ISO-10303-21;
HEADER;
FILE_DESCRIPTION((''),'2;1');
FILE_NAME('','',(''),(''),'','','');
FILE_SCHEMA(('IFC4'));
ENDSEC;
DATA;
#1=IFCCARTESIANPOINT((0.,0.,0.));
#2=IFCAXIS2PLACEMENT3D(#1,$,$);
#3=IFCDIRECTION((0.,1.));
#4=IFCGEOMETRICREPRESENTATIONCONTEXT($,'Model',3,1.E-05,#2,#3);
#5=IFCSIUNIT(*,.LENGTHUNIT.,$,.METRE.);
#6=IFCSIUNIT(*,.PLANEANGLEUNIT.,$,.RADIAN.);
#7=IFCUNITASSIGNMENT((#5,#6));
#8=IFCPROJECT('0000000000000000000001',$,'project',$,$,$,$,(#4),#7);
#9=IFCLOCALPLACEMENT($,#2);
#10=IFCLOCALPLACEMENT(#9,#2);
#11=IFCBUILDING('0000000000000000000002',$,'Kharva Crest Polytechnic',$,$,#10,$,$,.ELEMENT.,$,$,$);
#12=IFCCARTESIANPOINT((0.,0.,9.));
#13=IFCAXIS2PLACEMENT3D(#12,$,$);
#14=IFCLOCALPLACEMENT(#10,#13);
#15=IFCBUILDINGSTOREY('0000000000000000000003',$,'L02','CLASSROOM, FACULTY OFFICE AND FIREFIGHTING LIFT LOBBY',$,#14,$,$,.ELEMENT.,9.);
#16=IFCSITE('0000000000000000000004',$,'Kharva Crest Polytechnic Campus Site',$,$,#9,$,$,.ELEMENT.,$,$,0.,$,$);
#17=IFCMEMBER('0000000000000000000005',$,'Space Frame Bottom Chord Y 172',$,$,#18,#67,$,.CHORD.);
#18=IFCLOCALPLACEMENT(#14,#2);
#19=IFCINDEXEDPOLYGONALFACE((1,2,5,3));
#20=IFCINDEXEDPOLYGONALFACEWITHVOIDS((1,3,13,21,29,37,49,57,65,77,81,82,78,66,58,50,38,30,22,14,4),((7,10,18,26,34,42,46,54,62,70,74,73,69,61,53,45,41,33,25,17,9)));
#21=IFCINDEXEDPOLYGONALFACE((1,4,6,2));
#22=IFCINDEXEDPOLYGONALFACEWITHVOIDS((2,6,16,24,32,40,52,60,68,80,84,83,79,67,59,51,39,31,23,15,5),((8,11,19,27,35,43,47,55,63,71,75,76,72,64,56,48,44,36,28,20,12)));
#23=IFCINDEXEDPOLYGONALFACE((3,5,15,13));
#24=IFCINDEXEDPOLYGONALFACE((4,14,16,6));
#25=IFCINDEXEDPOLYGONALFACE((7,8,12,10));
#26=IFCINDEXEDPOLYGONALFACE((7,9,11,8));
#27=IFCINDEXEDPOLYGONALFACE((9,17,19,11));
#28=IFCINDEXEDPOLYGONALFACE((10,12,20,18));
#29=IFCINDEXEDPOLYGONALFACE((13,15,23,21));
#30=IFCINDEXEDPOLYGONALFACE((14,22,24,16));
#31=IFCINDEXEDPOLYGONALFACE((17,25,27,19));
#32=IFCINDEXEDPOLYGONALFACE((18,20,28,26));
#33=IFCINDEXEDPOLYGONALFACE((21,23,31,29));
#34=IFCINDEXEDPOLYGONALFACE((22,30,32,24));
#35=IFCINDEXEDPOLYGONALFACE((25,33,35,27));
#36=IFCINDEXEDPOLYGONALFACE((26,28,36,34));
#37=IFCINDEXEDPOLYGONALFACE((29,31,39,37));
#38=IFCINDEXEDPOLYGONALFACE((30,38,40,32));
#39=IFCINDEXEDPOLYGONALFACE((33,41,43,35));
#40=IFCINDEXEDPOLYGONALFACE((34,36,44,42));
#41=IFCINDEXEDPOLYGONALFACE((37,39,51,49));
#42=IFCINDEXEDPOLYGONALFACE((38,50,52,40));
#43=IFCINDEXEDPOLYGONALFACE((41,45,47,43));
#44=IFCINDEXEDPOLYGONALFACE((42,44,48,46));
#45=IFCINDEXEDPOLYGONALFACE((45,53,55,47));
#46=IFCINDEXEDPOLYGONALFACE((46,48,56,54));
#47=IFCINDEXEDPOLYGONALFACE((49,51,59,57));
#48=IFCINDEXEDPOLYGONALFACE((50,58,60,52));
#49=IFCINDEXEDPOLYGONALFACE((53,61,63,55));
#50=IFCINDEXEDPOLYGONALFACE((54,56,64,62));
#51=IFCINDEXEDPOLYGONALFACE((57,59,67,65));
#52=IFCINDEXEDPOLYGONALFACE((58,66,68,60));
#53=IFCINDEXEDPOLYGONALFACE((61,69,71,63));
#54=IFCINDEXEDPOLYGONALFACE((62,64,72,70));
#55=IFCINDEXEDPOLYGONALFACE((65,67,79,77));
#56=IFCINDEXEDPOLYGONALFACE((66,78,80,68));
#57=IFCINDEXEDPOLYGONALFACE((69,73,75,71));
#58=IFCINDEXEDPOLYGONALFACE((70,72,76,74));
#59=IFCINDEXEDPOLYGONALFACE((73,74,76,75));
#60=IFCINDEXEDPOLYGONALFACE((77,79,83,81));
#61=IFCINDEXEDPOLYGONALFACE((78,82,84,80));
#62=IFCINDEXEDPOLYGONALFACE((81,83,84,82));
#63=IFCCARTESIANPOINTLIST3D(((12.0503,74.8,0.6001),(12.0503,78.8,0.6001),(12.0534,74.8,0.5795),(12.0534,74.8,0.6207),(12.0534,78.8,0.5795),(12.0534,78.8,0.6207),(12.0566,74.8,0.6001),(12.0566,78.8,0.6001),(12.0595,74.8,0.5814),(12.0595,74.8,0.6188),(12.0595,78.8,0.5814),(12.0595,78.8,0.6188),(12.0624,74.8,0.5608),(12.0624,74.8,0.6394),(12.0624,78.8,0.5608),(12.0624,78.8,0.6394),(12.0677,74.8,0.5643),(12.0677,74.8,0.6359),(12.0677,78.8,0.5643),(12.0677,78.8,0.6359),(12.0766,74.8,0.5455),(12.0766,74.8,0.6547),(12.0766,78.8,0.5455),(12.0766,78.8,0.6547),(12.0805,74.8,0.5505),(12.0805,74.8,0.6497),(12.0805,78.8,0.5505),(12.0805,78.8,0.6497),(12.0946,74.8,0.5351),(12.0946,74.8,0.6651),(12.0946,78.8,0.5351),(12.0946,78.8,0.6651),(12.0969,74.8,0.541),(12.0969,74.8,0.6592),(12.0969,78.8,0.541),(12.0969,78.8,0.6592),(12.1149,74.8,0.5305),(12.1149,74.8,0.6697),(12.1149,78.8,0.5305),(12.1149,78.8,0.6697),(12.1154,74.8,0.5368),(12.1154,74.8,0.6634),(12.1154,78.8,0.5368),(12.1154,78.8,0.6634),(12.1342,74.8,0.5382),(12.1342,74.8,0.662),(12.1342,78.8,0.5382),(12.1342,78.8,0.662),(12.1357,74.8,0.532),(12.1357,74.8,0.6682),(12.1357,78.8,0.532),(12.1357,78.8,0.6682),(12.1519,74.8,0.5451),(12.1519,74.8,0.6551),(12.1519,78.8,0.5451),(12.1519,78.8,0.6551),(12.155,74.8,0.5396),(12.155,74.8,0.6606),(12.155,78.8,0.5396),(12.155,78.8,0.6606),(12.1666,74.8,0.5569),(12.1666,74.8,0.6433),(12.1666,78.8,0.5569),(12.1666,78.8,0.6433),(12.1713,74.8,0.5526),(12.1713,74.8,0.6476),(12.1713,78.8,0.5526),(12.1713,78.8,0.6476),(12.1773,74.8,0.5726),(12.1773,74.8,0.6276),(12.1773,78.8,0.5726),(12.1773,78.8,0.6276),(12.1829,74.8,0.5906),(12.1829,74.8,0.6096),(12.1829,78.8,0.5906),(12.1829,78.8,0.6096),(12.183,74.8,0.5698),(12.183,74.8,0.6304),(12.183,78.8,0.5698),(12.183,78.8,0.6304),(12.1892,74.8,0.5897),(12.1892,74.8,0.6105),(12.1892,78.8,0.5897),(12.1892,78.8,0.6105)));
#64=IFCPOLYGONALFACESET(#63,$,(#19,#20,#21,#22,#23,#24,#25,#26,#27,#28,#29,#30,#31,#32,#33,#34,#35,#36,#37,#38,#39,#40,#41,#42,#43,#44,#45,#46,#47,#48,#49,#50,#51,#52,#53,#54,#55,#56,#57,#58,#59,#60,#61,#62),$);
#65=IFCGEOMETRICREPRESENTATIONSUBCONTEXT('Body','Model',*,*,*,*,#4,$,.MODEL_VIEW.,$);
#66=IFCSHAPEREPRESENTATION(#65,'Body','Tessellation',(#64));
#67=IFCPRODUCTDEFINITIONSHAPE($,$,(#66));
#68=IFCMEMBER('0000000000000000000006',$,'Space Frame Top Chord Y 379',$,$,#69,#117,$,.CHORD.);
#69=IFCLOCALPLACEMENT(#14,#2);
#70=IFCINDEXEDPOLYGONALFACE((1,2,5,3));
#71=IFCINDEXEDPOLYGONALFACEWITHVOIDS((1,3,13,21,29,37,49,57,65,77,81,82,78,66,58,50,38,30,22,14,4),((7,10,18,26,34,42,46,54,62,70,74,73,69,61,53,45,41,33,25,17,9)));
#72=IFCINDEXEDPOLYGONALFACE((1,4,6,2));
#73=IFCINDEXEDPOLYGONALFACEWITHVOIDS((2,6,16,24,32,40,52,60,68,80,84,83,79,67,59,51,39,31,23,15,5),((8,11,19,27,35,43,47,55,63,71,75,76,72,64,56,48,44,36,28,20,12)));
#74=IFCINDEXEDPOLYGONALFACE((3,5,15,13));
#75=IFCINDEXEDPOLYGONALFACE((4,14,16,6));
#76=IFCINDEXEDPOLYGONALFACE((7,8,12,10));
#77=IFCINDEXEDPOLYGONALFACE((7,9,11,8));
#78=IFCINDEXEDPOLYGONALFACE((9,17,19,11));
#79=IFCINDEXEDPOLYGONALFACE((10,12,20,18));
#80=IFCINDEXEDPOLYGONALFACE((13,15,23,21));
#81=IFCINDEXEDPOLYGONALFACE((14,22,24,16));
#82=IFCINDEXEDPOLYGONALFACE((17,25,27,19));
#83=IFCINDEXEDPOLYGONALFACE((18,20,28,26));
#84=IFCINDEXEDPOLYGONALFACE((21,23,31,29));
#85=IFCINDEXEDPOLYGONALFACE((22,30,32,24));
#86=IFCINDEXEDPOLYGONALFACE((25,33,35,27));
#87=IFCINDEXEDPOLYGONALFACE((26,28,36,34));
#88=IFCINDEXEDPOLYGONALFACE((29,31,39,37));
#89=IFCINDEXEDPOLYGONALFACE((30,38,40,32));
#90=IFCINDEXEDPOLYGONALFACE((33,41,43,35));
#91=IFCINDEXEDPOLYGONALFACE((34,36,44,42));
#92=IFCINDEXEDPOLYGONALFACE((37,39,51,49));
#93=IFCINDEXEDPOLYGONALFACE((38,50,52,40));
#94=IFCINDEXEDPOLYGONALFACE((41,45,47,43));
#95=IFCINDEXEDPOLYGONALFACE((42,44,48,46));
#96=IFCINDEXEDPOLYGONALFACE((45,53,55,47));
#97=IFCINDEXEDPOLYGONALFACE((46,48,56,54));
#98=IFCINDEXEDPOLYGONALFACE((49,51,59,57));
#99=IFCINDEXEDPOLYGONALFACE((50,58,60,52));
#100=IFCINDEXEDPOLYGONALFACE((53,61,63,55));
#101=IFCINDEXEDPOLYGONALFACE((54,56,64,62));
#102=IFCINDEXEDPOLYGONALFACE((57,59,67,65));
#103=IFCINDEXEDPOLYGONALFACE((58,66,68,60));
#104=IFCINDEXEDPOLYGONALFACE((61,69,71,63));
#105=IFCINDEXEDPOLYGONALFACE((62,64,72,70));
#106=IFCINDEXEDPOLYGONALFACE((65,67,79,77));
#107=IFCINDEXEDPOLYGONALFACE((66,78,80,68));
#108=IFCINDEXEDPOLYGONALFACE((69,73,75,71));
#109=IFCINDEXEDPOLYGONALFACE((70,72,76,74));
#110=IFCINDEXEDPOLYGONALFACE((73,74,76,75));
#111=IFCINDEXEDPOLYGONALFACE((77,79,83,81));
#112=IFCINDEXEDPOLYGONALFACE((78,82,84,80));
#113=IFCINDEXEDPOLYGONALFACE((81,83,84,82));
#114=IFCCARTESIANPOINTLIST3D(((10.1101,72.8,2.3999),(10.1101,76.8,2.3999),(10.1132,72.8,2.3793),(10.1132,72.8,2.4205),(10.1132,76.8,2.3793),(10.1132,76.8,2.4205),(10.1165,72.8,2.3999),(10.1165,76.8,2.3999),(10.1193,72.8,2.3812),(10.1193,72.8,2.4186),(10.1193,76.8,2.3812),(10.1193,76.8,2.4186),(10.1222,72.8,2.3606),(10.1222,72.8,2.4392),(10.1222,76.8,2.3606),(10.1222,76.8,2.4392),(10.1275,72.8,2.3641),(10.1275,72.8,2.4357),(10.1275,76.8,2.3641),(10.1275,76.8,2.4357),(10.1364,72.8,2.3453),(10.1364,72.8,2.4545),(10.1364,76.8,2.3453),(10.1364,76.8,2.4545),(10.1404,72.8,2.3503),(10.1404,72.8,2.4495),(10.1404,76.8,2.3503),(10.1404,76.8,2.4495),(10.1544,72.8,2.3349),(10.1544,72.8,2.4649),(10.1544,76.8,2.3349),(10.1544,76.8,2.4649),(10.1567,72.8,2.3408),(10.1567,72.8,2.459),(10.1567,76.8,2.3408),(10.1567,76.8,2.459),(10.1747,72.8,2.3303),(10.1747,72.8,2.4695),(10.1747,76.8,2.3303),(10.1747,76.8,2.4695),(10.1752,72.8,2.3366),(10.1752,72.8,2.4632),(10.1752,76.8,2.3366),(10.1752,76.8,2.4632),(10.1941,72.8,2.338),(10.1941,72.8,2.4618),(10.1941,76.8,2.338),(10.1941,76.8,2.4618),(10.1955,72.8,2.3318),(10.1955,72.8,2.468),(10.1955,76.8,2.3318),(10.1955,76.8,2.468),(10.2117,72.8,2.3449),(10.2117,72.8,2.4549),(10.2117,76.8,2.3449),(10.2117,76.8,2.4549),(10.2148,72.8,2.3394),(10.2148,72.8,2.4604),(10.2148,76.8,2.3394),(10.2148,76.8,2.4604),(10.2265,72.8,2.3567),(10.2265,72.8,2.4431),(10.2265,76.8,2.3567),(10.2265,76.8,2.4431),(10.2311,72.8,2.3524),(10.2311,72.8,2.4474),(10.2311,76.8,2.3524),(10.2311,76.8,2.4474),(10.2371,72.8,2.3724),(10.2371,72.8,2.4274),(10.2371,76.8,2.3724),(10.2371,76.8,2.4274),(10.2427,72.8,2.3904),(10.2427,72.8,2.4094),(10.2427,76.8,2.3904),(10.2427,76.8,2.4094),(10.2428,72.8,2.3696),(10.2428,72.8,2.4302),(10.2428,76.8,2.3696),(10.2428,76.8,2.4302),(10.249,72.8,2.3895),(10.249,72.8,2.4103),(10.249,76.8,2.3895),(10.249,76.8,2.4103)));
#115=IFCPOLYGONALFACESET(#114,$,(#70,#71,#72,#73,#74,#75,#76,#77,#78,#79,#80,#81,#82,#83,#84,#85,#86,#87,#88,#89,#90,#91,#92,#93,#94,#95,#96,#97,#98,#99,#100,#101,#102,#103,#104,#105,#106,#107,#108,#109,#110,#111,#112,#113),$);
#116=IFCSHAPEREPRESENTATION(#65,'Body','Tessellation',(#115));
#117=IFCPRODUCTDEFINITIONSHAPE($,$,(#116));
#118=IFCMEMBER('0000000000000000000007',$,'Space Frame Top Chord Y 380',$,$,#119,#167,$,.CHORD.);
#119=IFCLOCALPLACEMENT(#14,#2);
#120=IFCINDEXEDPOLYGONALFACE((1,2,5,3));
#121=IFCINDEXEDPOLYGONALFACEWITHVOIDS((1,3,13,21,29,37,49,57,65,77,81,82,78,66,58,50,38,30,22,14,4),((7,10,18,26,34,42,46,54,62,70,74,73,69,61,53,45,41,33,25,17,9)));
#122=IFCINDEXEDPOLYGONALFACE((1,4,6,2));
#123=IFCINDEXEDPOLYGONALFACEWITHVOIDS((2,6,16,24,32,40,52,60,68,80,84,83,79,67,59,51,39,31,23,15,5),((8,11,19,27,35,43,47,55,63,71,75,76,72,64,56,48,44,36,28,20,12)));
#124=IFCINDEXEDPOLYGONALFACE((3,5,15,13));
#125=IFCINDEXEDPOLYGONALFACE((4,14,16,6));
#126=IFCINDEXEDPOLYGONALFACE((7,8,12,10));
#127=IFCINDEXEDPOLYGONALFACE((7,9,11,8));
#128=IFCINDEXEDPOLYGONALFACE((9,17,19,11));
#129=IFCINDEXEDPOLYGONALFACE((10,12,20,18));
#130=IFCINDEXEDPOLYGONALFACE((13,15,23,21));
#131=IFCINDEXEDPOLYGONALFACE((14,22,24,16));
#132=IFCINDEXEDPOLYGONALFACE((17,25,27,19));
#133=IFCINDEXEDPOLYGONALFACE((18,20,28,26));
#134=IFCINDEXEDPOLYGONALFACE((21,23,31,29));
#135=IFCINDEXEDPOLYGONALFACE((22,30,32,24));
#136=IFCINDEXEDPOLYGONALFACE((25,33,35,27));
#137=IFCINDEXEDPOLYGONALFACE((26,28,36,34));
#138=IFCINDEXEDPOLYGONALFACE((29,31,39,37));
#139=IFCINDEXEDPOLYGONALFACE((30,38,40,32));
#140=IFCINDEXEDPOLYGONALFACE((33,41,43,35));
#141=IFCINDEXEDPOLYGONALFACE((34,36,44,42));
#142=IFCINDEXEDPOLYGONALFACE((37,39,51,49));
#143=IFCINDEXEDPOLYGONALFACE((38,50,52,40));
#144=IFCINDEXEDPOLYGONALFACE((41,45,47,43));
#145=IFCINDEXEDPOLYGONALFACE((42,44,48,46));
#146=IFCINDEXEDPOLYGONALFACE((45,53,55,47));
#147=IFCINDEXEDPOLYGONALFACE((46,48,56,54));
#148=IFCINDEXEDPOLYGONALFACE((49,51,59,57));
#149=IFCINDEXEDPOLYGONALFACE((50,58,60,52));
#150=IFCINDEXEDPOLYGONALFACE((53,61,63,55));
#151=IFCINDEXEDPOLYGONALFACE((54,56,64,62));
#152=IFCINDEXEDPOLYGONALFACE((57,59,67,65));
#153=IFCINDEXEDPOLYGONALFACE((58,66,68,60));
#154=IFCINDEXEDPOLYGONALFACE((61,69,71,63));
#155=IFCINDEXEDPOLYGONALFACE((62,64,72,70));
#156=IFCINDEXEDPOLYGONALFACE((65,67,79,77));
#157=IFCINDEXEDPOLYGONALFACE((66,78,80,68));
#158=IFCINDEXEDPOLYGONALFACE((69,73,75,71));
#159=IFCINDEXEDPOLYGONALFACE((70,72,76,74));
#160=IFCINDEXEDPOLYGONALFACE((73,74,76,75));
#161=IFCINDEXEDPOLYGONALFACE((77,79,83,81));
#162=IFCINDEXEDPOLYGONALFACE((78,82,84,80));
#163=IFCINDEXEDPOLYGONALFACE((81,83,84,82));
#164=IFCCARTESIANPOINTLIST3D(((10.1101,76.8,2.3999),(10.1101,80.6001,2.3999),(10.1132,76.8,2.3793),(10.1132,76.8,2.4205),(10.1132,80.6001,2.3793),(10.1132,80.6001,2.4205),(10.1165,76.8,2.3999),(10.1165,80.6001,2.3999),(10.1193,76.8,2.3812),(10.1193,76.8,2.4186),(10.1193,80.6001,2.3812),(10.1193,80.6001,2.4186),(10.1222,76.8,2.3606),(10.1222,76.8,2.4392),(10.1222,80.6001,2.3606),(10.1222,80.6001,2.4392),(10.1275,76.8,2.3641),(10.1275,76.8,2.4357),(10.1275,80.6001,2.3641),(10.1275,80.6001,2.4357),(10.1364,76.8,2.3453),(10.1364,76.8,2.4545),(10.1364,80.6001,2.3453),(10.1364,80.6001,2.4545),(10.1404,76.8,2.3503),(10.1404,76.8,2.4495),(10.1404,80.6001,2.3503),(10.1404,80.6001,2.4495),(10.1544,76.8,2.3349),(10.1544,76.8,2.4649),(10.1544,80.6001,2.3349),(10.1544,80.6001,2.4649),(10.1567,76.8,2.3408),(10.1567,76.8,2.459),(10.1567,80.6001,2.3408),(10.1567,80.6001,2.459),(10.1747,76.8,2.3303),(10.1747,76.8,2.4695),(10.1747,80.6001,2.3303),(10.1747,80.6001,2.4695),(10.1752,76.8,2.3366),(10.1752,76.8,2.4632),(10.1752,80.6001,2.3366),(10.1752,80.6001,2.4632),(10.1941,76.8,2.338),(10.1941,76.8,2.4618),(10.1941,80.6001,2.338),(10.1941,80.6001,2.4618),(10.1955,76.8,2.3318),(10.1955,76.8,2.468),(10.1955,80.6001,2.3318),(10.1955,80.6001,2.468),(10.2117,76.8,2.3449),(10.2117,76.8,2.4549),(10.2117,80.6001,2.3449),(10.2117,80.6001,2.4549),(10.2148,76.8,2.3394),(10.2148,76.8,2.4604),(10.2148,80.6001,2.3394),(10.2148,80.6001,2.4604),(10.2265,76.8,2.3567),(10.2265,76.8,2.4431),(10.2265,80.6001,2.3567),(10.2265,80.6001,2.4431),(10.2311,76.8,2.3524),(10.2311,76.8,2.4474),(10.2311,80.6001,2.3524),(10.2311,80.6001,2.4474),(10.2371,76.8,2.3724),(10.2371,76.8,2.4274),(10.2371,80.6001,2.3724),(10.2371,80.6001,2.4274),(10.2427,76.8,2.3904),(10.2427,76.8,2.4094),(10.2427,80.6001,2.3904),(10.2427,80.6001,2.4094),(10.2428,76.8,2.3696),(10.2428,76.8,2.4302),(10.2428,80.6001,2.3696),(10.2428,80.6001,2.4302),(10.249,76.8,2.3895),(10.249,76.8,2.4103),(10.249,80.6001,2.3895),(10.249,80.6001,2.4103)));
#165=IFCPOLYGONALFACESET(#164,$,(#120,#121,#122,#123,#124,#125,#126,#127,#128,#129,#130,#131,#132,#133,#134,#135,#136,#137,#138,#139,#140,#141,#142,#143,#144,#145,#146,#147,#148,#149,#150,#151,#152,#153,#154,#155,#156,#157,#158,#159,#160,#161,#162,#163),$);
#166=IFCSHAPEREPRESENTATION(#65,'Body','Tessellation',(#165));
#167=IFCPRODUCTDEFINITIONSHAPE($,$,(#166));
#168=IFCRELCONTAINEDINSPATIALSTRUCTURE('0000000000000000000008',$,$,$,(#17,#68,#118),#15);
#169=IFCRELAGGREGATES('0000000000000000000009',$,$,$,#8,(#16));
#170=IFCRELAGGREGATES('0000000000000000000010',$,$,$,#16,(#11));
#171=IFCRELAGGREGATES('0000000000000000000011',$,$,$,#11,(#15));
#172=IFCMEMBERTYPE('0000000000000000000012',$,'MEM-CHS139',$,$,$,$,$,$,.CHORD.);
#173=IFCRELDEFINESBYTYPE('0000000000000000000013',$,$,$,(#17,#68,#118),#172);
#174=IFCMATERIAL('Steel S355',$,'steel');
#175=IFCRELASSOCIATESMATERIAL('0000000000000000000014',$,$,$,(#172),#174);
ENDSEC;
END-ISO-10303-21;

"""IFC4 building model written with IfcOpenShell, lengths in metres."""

from ifc_helpers import new_model, si_unit, direction, frame, origin, origin_2d, place, context, subcontext, project, spatial, hollow_circle, extrude, material, material_profile, profile_set, type_object, element, save


model = new_model("IFC4")

# Units and contexts
model_context = context("Model", 3, precision=1e-05, world=origin(), true_north=direction((0.0, 1.0)))
body_context = subcontext(model_context, "Body", "Model", "MODEL_VIEW")
ifc_project = project(units=[si_unit("LENGTHUNIT", "METRE"), si_unit("PLANEANGLEUNIT", "RADIAN")], contexts=[model_context])

# Site, building, storey
site_placement = place(None, origin())
site = spatial("IfcSite", under=ifc_project, at=site_placement, Name="Kharva Crest Polytechnic Campus Site", CompositionType="ELEMENT", RefElevation=0.0)
building_placement = place(site_placement, origin())
building = spatial("IfcBuilding", under=site, at=building_placement, Name="Kharva Crest Polytechnic", CompositionType="ELEMENT")
storey_placement = place(building_placement, frame((0.0, 0.0, 9.0)))
storey = spatial("IfcBuildingStorey", under=building, at=storey_placement, Name="L02", Description="CLASSROOM, FACULTY OFFICE AND FIREFIGHTING LIFT LOBBY", CompositionType="ELEMENT", Elevation=9.0)

# Shared definitions
ifc_material_1 = material(Name="Steel S355", Category="steel")

# Members
ifc_material_profile_1 = material_profile(ifc_material_1, hollow_circle(Radius=0.0698, WallThickness=0.0063, at=origin_2d()), Name="CHS 139.7X6.3")
ifc_profile_set_1 = profile_set([ifc_material_profile_1], Name="Steel S355")
member_type_1 = type_object("IfcMemberType", Name="MEM-CHS139", PredefinedType="CHORD", material=ifc_profile_set_1)
for number, where, z_axis, x_axis, name in (
    (1, (12.1201, 74.8, 0.6001), (0.0, 1.0, 0.0), (-1.0, 0.0, 0.0), "Space Frame Bottom Chord Y 172"),
    (2, (10.1799, 72.8, 2.3999), (0.0, 1.0, 0.0), (-1.0, 0.0, 0.0), "Space Frame Top Chord Y 379"),
):
    element("IfcMember", number, at=place(storey_placement, frame(where, z_axis=z_axis, x_axis=x_axis)), inside=storey, type_object=member_type_1, Name=name, PredefinedType="CHORD", context=body_context, shape_type="SweptSolid", body=[
        extrude(hollow_circle(Radius=0.0698, WallThickness=0.0063, at=origin_2d()), origin(), (0.0, 0.0, 1.0), 4.0),
    ])
member_1_placement = place(storey_placement, frame((10.1799, 76.8, 2.3999), z_axis=(0.0, 1.0, 0.0), x_axis=(-1.0, 0.0, 0.0)))
element("IfcMember", 3, at=member_1_placement, inside=storey, type_object=member_type_1, Name="Space Frame Top Chord Y 380", PredefinedType="CHORD", context=body_context, shape_type="SweptSolid", body=[
    extrude(hollow_circle(Radius=0.0698, WallThickness=0.0063, at=origin_2d()), origin(), (0.0, 0.0, 1.0), 3.8),
])

save(model, "model.ifc")
